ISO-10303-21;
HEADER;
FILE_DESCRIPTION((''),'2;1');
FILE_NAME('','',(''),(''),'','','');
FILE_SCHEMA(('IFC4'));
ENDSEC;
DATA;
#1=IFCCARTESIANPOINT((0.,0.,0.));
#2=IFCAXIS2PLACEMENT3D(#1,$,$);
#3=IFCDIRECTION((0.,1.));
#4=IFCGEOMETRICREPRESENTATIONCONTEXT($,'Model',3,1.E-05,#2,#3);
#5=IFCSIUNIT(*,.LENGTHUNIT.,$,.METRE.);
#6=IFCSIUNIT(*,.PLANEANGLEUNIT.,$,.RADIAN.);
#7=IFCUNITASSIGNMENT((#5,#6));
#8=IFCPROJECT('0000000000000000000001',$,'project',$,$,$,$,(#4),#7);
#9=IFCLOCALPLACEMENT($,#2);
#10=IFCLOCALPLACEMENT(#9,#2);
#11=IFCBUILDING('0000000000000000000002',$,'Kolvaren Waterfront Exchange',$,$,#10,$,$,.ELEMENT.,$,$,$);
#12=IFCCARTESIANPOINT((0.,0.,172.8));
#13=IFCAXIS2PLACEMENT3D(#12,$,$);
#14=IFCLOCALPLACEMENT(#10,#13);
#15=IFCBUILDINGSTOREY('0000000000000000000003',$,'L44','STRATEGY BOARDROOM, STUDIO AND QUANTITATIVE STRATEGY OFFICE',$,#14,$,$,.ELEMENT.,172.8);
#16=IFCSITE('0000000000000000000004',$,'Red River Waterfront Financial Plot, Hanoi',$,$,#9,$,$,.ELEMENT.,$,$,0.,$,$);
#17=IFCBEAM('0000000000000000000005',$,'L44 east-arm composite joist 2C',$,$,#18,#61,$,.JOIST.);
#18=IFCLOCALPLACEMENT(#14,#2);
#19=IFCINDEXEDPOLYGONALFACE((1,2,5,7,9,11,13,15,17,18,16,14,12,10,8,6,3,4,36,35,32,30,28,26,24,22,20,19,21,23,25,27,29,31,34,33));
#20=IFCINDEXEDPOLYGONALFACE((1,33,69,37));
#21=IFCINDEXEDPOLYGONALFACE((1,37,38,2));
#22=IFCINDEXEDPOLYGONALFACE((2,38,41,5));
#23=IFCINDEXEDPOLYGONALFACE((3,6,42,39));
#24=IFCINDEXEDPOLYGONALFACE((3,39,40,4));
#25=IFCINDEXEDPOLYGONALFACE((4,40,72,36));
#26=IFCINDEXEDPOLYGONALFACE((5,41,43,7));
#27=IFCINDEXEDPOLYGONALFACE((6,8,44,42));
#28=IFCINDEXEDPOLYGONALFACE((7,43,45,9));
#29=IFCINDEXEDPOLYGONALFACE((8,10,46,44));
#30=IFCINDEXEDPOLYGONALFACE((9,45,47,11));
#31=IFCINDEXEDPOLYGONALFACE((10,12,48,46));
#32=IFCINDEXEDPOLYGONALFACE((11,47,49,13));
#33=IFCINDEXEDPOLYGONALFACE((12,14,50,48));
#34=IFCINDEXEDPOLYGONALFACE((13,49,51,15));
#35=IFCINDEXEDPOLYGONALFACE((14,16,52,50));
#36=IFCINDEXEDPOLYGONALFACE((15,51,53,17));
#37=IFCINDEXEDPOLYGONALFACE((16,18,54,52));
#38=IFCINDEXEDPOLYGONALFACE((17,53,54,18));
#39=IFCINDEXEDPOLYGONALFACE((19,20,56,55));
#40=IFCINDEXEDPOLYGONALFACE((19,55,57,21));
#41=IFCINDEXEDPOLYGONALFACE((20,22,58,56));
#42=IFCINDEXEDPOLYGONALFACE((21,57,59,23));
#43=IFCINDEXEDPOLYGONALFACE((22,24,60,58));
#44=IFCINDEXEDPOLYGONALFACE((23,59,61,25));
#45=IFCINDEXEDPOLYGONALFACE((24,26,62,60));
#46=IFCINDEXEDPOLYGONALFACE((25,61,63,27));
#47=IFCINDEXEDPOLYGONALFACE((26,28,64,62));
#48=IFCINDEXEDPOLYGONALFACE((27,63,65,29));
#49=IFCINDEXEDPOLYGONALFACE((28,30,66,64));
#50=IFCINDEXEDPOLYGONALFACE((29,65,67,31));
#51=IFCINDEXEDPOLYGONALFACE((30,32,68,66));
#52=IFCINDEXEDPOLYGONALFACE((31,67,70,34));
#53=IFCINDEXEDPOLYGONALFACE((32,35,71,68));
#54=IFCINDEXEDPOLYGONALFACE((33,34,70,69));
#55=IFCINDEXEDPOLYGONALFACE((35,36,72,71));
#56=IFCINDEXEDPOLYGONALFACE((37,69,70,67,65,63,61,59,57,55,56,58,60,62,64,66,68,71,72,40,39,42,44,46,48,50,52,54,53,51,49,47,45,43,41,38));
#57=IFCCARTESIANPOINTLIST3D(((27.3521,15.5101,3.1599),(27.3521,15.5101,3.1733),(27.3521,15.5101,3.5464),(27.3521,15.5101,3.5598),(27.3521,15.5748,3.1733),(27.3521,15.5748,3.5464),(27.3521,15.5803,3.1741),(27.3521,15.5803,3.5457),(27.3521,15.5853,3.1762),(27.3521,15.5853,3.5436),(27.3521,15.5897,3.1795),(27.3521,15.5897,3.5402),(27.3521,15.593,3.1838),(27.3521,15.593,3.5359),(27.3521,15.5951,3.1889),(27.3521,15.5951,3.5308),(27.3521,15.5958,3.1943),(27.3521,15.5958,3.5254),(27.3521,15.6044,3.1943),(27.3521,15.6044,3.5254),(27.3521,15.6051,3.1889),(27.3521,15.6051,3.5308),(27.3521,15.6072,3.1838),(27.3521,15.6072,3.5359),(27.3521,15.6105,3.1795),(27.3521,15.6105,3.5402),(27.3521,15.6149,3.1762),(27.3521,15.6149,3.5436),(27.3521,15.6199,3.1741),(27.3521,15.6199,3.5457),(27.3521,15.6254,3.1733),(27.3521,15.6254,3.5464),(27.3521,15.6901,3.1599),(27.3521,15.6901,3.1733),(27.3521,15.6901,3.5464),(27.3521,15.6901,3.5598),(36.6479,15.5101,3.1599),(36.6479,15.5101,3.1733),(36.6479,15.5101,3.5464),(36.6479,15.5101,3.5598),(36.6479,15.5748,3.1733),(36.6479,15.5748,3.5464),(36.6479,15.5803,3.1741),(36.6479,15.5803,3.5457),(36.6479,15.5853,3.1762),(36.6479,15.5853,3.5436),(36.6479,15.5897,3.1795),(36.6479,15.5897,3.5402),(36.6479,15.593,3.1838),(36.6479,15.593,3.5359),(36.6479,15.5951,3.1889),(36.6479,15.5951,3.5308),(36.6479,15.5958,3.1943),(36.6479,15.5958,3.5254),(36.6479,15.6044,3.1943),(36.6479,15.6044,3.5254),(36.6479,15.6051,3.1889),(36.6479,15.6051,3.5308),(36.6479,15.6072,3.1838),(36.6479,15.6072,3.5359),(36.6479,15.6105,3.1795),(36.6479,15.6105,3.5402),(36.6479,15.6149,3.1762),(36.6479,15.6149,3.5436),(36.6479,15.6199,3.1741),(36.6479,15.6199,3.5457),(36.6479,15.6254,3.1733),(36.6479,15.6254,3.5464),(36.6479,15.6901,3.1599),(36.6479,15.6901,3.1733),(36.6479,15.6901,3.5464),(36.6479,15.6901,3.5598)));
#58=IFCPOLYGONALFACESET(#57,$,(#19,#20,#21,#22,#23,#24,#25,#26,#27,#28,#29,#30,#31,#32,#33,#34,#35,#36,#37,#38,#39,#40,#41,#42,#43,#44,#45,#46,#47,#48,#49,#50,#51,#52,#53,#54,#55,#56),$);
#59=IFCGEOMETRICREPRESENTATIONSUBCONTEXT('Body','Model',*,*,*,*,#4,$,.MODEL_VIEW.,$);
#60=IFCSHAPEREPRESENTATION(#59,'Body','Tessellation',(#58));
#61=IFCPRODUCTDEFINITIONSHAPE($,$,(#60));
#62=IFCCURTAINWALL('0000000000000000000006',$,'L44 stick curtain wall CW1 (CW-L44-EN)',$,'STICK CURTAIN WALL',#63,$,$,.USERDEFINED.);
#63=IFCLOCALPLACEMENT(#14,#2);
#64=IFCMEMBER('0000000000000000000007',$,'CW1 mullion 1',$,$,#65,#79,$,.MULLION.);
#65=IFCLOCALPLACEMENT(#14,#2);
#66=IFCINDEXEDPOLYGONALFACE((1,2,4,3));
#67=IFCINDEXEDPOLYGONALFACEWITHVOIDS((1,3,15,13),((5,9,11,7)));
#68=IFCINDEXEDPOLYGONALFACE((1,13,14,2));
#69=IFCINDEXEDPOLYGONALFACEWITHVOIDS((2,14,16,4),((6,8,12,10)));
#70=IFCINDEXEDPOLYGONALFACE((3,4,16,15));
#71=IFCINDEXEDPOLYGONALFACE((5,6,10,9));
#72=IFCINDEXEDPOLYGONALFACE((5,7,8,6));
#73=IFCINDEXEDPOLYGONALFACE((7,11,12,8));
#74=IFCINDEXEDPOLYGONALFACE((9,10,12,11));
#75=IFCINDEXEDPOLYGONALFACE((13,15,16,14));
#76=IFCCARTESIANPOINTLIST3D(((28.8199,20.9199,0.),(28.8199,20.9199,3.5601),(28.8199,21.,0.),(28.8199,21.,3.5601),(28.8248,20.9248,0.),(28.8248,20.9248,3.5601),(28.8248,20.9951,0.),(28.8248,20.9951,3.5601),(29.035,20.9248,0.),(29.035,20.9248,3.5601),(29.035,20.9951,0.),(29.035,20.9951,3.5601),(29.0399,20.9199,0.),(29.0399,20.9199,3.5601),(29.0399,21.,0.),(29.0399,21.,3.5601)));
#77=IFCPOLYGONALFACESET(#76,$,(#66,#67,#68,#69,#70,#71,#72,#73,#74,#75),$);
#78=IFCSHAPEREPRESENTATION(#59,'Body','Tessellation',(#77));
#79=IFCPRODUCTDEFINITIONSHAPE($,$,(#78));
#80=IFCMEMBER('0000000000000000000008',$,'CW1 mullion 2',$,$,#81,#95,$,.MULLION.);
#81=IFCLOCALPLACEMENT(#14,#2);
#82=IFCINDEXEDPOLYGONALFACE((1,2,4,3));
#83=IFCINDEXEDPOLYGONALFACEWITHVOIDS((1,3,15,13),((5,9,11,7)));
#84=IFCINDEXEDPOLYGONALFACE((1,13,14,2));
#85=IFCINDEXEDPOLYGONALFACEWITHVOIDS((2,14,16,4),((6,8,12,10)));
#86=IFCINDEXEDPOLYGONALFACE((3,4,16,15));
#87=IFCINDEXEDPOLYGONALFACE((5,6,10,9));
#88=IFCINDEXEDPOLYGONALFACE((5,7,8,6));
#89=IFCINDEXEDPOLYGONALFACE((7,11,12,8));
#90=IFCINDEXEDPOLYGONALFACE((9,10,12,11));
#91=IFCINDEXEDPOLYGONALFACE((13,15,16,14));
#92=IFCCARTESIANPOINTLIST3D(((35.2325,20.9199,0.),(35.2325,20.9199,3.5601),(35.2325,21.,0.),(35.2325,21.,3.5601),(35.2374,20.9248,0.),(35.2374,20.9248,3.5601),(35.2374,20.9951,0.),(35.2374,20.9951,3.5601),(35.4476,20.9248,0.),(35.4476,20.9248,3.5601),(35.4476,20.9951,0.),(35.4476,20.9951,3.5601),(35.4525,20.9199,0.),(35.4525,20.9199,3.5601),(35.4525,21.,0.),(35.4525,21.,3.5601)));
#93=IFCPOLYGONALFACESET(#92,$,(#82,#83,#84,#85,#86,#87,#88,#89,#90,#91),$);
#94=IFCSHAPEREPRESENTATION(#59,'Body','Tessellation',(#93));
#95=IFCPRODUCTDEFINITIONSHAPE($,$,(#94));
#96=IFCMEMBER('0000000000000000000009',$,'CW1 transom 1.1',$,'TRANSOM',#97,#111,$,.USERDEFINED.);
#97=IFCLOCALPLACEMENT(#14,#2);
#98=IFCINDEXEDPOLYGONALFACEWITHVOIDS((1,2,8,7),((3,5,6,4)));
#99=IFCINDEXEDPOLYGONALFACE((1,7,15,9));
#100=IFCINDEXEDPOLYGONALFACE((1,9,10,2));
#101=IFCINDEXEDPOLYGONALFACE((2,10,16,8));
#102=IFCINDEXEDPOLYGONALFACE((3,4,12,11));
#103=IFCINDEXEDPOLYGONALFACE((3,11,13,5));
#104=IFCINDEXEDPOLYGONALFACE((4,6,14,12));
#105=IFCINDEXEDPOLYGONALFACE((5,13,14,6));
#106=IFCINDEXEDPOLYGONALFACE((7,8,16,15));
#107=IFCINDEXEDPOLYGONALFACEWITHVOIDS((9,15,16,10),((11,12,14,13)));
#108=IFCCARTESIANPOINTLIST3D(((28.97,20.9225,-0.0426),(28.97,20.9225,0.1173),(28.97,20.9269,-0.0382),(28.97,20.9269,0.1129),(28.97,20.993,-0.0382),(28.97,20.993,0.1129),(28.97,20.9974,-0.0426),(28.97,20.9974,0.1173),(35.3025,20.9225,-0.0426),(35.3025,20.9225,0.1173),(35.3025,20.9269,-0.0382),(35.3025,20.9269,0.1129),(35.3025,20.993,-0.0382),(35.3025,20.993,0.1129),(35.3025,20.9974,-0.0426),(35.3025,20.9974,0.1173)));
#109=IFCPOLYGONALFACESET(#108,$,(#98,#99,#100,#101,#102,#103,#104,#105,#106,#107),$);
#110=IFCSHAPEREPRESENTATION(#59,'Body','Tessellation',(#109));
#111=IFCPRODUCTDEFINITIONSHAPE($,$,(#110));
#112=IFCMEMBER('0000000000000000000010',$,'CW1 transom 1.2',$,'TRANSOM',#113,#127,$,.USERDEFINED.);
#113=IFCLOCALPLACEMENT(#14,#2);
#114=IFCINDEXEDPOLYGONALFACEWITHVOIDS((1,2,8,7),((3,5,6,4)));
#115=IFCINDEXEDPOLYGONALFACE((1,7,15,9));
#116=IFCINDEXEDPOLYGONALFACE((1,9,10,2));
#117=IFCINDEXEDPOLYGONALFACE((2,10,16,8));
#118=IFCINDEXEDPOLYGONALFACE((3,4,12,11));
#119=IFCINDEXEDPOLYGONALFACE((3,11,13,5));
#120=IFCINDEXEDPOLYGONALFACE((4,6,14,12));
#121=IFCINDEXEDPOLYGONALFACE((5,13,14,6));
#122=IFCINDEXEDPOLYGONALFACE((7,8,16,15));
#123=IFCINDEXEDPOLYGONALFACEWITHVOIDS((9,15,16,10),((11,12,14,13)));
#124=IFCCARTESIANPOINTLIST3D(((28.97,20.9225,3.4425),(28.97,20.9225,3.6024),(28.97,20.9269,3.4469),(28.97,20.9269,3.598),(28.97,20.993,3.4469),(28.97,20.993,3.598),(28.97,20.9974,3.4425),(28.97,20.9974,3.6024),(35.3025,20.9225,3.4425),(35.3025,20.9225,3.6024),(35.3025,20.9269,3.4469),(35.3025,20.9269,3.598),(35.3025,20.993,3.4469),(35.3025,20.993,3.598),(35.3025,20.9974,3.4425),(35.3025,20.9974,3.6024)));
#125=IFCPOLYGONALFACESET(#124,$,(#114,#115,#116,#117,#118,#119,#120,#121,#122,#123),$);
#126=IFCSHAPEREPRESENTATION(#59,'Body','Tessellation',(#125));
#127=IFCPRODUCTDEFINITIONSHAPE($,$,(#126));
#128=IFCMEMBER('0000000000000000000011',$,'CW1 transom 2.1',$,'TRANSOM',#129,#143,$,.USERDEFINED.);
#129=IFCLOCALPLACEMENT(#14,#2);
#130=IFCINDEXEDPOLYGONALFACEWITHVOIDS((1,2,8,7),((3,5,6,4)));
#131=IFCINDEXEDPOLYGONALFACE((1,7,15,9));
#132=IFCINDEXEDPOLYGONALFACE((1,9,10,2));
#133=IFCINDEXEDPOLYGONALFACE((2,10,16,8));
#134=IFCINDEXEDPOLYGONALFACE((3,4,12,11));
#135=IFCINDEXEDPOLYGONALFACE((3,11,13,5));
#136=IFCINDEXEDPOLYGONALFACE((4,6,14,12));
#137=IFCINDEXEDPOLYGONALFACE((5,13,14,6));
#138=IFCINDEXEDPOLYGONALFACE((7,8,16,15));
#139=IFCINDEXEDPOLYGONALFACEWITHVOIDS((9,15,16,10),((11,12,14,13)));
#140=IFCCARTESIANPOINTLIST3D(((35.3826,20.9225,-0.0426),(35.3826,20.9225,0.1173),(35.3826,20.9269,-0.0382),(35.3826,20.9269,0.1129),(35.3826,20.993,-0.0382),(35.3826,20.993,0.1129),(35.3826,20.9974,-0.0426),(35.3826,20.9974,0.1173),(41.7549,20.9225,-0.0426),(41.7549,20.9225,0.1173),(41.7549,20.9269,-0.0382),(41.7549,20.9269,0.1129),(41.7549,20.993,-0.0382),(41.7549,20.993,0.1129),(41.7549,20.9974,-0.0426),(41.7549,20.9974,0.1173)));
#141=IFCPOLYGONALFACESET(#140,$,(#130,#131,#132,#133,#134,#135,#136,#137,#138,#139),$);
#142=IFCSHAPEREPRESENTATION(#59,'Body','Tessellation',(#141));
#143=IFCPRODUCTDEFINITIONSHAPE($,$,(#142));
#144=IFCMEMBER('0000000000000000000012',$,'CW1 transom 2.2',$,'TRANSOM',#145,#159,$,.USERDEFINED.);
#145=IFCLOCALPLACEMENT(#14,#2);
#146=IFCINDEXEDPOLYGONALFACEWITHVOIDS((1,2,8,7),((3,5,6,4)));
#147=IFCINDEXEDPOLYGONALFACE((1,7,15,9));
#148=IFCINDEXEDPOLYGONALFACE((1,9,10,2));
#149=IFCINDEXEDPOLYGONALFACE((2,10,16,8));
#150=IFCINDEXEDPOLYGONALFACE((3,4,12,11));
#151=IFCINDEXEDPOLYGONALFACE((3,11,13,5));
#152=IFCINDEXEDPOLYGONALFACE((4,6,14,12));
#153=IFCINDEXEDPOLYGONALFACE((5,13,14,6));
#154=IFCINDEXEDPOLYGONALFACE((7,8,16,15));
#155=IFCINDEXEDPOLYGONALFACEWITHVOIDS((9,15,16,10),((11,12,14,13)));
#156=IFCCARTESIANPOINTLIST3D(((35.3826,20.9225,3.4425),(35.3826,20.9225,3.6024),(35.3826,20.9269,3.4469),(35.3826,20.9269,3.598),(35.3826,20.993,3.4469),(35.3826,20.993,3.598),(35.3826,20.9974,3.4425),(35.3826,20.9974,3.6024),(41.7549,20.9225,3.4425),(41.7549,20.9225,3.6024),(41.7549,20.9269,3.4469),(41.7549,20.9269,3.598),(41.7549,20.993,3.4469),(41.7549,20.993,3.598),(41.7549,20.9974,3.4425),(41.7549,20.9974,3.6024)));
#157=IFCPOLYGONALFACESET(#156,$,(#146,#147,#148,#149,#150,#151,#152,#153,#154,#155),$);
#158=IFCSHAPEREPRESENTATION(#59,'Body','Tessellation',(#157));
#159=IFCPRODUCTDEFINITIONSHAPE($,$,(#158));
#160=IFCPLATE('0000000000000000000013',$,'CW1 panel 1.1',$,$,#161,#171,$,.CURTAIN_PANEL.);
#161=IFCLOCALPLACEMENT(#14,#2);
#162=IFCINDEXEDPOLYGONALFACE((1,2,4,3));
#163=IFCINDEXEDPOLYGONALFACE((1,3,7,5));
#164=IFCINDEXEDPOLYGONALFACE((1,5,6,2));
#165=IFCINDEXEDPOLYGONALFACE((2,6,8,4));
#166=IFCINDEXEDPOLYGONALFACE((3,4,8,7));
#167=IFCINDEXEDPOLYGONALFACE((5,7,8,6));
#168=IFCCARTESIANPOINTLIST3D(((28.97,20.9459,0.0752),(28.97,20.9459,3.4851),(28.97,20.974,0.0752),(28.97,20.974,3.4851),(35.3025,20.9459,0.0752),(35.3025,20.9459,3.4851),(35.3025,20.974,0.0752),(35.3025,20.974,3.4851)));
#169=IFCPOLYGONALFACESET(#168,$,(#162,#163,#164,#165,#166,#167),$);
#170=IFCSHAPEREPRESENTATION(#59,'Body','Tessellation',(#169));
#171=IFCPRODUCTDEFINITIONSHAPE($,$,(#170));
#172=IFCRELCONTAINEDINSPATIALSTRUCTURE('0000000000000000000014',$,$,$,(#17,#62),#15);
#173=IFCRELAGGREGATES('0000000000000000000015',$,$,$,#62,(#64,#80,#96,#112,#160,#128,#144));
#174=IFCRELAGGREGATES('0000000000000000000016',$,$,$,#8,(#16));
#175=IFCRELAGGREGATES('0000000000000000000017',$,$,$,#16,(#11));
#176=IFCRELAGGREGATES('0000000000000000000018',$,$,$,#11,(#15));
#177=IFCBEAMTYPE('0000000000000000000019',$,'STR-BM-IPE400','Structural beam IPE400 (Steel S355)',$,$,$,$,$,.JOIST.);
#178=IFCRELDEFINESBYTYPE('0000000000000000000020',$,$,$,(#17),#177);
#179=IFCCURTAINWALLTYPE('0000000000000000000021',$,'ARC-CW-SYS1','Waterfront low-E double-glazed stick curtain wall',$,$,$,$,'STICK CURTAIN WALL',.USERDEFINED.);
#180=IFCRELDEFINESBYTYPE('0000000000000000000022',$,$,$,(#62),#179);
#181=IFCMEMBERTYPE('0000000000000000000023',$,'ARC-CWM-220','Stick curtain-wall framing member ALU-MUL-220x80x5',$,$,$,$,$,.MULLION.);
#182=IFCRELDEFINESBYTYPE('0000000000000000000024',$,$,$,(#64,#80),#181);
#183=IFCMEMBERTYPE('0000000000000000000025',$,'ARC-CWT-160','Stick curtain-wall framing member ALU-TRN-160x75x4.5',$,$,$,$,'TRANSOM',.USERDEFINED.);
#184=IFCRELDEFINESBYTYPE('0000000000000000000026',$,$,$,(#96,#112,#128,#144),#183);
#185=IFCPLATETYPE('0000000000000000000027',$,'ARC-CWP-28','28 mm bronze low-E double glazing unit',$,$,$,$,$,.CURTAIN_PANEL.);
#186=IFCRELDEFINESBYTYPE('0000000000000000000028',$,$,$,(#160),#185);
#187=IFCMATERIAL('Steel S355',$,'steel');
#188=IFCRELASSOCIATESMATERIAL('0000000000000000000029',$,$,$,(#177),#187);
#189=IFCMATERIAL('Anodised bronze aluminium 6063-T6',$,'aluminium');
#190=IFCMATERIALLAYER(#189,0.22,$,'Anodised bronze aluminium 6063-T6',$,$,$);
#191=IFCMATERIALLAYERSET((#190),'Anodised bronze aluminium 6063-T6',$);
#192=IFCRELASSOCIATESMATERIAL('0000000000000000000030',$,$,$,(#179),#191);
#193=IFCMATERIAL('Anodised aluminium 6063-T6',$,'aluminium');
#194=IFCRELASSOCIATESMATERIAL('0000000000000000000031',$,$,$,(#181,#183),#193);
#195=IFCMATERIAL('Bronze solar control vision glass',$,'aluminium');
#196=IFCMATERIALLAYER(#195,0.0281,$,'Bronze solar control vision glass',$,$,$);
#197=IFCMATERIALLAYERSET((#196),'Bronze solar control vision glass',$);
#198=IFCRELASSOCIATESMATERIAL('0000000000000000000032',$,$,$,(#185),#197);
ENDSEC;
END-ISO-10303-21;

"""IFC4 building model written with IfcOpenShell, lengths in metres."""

from ifc_helpers import new_model, si_unit, direction, frame, origin, origin_with_axes, origin_2d, place, context, subcontext, project, spatial, rectangle, hollow_rectangle, i_section, extrude, source, transform, mapped, material, layer, layer_set, material_profile, profile_set, type_object, element, aggregate, save


model = new_model("IFC4")

# Units and contexts
model_context = context("Model", 3, precision=1e-05, world=origin(), true_north=direction((0.0, 1.0)))
body_context = subcontext(model_context, "Body", "Model", "MODEL_VIEW")
ifc_project = project(units=[si_unit("LENGTHUNIT", "METRE"), si_unit("PLANEANGLEUNIT", "RADIAN")], contexts=[model_context])

# Site, building, storey
site_placement = place(None, origin())
site = spatial("IfcSite", under=ifc_project, at=site_placement, Name="Red River Waterfront Financial Plot, Hanoi", CompositionType="ELEMENT", RefElevation=0.0)
building_placement = place(site_placement, origin())
building = spatial("IfcBuilding", under=site, at=building_placement, Name="Kolvaren Waterfront Exchange", CompositionType="ELEMENT")
storey_placement = place(building_placement, frame((0.0, 0.0, 172.8)))
storey = spatial("IfcBuildingStorey", under=building, at=storey_placement, Name="L44", Description="STRATEGY BOARDROOM, STUDIO AND QUANTITATIVE STRATEGY OFFICE", CompositionType="ELEMENT", Elevation=172.8)

# Beam
ifc_material_1 = material(Name="Steel S355", Category="steel")
ifc_material_profile_1 = material_profile(ifc_material_1, i_section(OverallWidth=0.1799, OverallDepth=0.3999, WebThickness=0.0085, FlangeThickness=0.0134, FilletRadius=0.021, at=origin_2d()), Name="IPE400")
ifc_profile_set_1 = profile_set([ifc_material_profile_1], Name="Steel S355")
beam_type_1 = type_object("IfcBeamType", Name="STR-BM-IPE400", Description="Structural beam IPE400 (Steel S355)", PredefinedType="JOIST", material=ifc_profile_set_1)
for number, where, z_axis, x_axis, name in (
    (1, (27.3521, 15.6001, 3.3599), (1.0, 0.0, 0.0), (0.0, 1.0, 0.0), "L44 east-arm composite joist 2C"),
):
    element("IfcBeam", number, at=place(storey_placement, frame(where, z_axis=z_axis, x_axis=x_axis)), inside=storey, type_object=beam_type_1, Name=name, PredefinedType="JOIST", context=body_context, shape_type="SweptSolid", body=[
        extrude(i_section(OverallWidth=0.1799, OverallDepth=0.3999, WebThickness=0.0085, FlangeThickness=0.0134, FilletRadius=0.021, at=origin_2d()), origin(), (0.0, 0.0, 1.0), 9.2959),
    ])

# Curtain wall, members, plate
ifc_material_2 = material(Name="Anodised bronze aluminium 6063-T6", Category="aluminium")
ifc_layer_1 = layer(ifc_material_2, 0.22, Name="Anodised bronze aluminium 6063-T6")
ifc_layer_set_1 = layer_set([ifc_layer_1], Name="Anodised bronze aluminium 6063-T6")
curtain_wall_type = type_object("IfcCurtainWallType", Name="ARC-CW-SYS1", Description="Waterfront low-E double-glazed stick curtain wall", ElementType="STICK CURTAIN WALL", PredefinedType="USERDEFINED", material=ifc_layer_set_1)
curtain_wall_placement = place(storey_placement, origin())
curtain_wall = element("IfcCurtainWall", 2, at=curtain_wall_placement, inside=storey, type_object=curtain_wall_type, Name="L44 stick curtain wall CW1 (CW-L44-EN)", ObjectType="STICK CURTAIN WALL", PredefinedType="USERDEFINED")
ifc_material_3 = material(Name="Anodised aluminium 6063-T6", Category="aluminium")
ifc_material_profile_2 = material_profile(ifc_material_3, hollow_rectangle(XDim=0.0801, YDim=0.22, WallThickness=0.0049, at=origin_2d()), Name="ALU-MUL-220x80x5")
ifc_profile_set_2 = profile_set([ifc_material_profile_2], Name="Anodised aluminium 6063-T6")
member_type_1 = type_object("IfcMemberType", Name="ARC-CWM-220", Description="Stick curtain-wall framing member ALU-MUL-220x80x5", PredefinedType="MULLION", material=ifc_profile_set_2)
shared_shape_1 = source(origin_with_axes(), body_context, "Body", "SweptSolid", [
    extrude(hollow_rectangle(XDim=0.0801, YDim=0.22, WallThickness=0.0049, at=origin_2d()), origin(), (0.0, 0.0, 1.0), 3.5601),
])
member_1_placement = place(storey_placement, frame((28.9299, 20.96, 0.0), z_axis=(0.0, 0.0, 1.0), x_axis=(0.0, 1.0, 0.0)))
member_1 = element("IfcMember", 3, at=member_1_placement, type_object=member_type_1, Name="CW1 mullion 1", PredefinedType="MULLION", context=body_context, shape_type="MappedRepresentation", body=[
    mapped(shared_shape_1, transform((0.0, 0.0, 0.0), x_axis=(1.0, 0.0, 0.0), y_axis=(0.0, 1.0, 0.0), z_axis=(0.0, 0.0, 1.0), scale=1.0)),
])
member_2_placement = place(storey_placement, frame((35.3425, 20.96, 0.0), z_axis=(0.0, 0.0, 1.0), x_axis=(0.0, 1.0, 0.0)))
member_2 = element("IfcMember", 4, at=member_2_placement, type_object=member_type_1, Name="CW1 mullion 2", PredefinedType="MULLION", context=body_context, shape_type="MappedRepresentation", body=[
    mapped(shared_shape_1, transform((0.0, 0.0, 0.0), x_axis=(1.0, 0.0, 0.0), y_axis=(0.0, 1.0, 0.0), z_axis=(0.0, 0.0, 1.0), scale=1.0)),
])
ifc_material_profile_3 = material_profile(ifc_material_3, hollow_rectangle(XDim=0.075, YDim=0.1599, WallThickness=0.0044, at=origin_2d()), Name="ALU-TRN-160x75x4.5")
ifc_profile_set_3 = profile_set([ifc_material_profile_3], Name="Anodised aluminium 6063-T6")
member_type_2 = type_object("IfcMemberType", Name="ARC-CWT-160", Description="Stick curtain-wall framing member ALU-TRN-160x75x4.5", ElementType="TRANSOM", PredefinedType="USERDEFINED", material=ifc_profile_set_3)
shared_shape_2 = source(origin_with_axes(), body_context, "Body", "SweptSolid", [
    extrude(hollow_rectangle(XDim=0.075, YDim=0.1599, WallThickness=0.0044, at=origin_2d()), origin(), (0.0, 0.0, 1.0), 6.3325),
])
member_3_placement = place(storey_placement, frame((28.97, 20.96, 0.0374), z_axis=(1.0, 0.0, 0.0), x_axis=(0.0, 1.0, 0.0)))
member_3 = element("IfcMember", 5, at=member_3_placement, type_object=member_type_2, Name="CW1 transom 1.1", ObjectType="TRANSOM", PredefinedType="USERDEFINED", context=body_context, shape_type="MappedRepresentation", body=[
    mapped(shared_shape_2, transform((0.0, 0.0, 0.0), x_axis=(1.0, 0.0, 0.0), y_axis=(0.0, 1.0, 0.0), z_axis=(0.0, 0.0, 1.0), scale=1.0)),
])
member_4_placement = place(storey_placement, frame((28.97, 20.96, 3.5225), z_axis=(1.0, 0.0, 0.0), x_axis=(0.0, 1.0, 0.0)))
member_4 = element("IfcMember", 6, at=member_4_placement, type_object=member_type_2, Name="CW1 transom 1.2", ObjectType="TRANSOM", PredefinedType="USERDEFINED", context=body_context, shape_type="MappedRepresentation", body=[
    mapped(shared_shape_2, transform((0.0, 0.0, 0.0), x_axis=(1.0, 0.0, 0.0), y_axis=(0.0, 1.0, 0.0), z_axis=(0.0, 0.0, 1.0), scale=1.0)),
])
shared_shape_3 = source(origin_with_axes(), body_context, "Body", "SweptSolid", [
    extrude(hollow_rectangle(XDim=0.075, YDim=0.1599, WallThickness=0.0044, at=origin_2d()), origin(), (0.0, 0.0, 1.0), 6.3723),
])
member_5_placement = place(storey_placement, frame((35.3826, 20.96, 0.0374), z_axis=(1.0, 0.0, 0.0), x_axis=(0.0, 1.0, 0.0)))
member_5 = element("IfcMember", 7, at=member_5_placement, type_object=member_type_2, Name="CW1 transom 2.1", ObjectType="TRANSOM", PredefinedType="USERDEFINED", context=body_context, shape_type="MappedRepresentation", body=[
    mapped(shared_shape_3, transform((0.0, 0.0, 0.0), x_axis=(1.0, 0.0, 0.0), y_axis=(0.0, 1.0, 0.0), z_axis=(0.0, 0.0, 1.0), scale=1.0)),
])
member_6_placement = place(storey_placement, frame((35.3826, 20.96, 3.5225), z_axis=(1.0, 0.0, 0.0), x_axis=(0.0, 1.0, 0.0)))
member_6 = element("IfcMember", 8, at=member_6_placement, type_object=member_type_2, Name="CW1 transom 2.2", ObjectType="TRANSOM", PredefinedType="USERDEFINED", context=body_context, shape_type="MappedRepresentation", body=[
    mapped(shared_shape_3, transform((0.0, 0.0, 0.0), x_axis=(1.0, 0.0, 0.0), y_axis=(0.0, 1.0, 0.0), z_axis=(0.0, 0.0, 1.0), scale=1.0)),
])
ifc_material_4 = material(Name="Bronze solar control vision glass", Category="aluminium")
ifc_layer_2 = layer(ifc_material_4, 0.0281, Name="Bronze solar control vision glass")
ifc_layer_set_2 = layer_set([ifc_layer_2], Name="Bronze solar control vision glass")
plate_type = type_object("IfcPlateType", Name="ARC-CWP-28", Description="28 mm bronze low-E double glazing unit", PredefinedType="CURTAIN_PANEL", material=ifc_layer_set_2)
shared_shape_4 = source(origin_with_axes(), body_context, "Body", "SweptSolid", [
    extrude(rectangle(XDim=6.3325, YDim=0.0281, at=origin_2d()), origin(), (0.0, 0.0, 1.0), 3.4099),
])
plate_placement = place(storey_placement, frame((32.1362, 20.96, 0.0752), z_axis=(0.0, 0.0, 1.0), x_axis=(1.0, 0.0, 0.0)))
plate = element("IfcPlate", 9, at=plate_placement, type_object=plate_type, Name="CW1 panel 1.1", PredefinedType="CURTAIN_PANEL", context=body_context, shape_type="MappedRepresentation", body=[
    mapped(shared_shape_4, transform((0.0, 0.0, 0.0), x_axis=(1.0, 0.0, 0.0), y_axis=(0.0, 1.0, 0.0), z_axis=(0.0, 0.0, 1.0), scale=1.0)),
])
aggregate(curtain_wall, [member_1, member_2, member_3, member_4, plate, member_5, member_6])

save(model, "model.ifc")
